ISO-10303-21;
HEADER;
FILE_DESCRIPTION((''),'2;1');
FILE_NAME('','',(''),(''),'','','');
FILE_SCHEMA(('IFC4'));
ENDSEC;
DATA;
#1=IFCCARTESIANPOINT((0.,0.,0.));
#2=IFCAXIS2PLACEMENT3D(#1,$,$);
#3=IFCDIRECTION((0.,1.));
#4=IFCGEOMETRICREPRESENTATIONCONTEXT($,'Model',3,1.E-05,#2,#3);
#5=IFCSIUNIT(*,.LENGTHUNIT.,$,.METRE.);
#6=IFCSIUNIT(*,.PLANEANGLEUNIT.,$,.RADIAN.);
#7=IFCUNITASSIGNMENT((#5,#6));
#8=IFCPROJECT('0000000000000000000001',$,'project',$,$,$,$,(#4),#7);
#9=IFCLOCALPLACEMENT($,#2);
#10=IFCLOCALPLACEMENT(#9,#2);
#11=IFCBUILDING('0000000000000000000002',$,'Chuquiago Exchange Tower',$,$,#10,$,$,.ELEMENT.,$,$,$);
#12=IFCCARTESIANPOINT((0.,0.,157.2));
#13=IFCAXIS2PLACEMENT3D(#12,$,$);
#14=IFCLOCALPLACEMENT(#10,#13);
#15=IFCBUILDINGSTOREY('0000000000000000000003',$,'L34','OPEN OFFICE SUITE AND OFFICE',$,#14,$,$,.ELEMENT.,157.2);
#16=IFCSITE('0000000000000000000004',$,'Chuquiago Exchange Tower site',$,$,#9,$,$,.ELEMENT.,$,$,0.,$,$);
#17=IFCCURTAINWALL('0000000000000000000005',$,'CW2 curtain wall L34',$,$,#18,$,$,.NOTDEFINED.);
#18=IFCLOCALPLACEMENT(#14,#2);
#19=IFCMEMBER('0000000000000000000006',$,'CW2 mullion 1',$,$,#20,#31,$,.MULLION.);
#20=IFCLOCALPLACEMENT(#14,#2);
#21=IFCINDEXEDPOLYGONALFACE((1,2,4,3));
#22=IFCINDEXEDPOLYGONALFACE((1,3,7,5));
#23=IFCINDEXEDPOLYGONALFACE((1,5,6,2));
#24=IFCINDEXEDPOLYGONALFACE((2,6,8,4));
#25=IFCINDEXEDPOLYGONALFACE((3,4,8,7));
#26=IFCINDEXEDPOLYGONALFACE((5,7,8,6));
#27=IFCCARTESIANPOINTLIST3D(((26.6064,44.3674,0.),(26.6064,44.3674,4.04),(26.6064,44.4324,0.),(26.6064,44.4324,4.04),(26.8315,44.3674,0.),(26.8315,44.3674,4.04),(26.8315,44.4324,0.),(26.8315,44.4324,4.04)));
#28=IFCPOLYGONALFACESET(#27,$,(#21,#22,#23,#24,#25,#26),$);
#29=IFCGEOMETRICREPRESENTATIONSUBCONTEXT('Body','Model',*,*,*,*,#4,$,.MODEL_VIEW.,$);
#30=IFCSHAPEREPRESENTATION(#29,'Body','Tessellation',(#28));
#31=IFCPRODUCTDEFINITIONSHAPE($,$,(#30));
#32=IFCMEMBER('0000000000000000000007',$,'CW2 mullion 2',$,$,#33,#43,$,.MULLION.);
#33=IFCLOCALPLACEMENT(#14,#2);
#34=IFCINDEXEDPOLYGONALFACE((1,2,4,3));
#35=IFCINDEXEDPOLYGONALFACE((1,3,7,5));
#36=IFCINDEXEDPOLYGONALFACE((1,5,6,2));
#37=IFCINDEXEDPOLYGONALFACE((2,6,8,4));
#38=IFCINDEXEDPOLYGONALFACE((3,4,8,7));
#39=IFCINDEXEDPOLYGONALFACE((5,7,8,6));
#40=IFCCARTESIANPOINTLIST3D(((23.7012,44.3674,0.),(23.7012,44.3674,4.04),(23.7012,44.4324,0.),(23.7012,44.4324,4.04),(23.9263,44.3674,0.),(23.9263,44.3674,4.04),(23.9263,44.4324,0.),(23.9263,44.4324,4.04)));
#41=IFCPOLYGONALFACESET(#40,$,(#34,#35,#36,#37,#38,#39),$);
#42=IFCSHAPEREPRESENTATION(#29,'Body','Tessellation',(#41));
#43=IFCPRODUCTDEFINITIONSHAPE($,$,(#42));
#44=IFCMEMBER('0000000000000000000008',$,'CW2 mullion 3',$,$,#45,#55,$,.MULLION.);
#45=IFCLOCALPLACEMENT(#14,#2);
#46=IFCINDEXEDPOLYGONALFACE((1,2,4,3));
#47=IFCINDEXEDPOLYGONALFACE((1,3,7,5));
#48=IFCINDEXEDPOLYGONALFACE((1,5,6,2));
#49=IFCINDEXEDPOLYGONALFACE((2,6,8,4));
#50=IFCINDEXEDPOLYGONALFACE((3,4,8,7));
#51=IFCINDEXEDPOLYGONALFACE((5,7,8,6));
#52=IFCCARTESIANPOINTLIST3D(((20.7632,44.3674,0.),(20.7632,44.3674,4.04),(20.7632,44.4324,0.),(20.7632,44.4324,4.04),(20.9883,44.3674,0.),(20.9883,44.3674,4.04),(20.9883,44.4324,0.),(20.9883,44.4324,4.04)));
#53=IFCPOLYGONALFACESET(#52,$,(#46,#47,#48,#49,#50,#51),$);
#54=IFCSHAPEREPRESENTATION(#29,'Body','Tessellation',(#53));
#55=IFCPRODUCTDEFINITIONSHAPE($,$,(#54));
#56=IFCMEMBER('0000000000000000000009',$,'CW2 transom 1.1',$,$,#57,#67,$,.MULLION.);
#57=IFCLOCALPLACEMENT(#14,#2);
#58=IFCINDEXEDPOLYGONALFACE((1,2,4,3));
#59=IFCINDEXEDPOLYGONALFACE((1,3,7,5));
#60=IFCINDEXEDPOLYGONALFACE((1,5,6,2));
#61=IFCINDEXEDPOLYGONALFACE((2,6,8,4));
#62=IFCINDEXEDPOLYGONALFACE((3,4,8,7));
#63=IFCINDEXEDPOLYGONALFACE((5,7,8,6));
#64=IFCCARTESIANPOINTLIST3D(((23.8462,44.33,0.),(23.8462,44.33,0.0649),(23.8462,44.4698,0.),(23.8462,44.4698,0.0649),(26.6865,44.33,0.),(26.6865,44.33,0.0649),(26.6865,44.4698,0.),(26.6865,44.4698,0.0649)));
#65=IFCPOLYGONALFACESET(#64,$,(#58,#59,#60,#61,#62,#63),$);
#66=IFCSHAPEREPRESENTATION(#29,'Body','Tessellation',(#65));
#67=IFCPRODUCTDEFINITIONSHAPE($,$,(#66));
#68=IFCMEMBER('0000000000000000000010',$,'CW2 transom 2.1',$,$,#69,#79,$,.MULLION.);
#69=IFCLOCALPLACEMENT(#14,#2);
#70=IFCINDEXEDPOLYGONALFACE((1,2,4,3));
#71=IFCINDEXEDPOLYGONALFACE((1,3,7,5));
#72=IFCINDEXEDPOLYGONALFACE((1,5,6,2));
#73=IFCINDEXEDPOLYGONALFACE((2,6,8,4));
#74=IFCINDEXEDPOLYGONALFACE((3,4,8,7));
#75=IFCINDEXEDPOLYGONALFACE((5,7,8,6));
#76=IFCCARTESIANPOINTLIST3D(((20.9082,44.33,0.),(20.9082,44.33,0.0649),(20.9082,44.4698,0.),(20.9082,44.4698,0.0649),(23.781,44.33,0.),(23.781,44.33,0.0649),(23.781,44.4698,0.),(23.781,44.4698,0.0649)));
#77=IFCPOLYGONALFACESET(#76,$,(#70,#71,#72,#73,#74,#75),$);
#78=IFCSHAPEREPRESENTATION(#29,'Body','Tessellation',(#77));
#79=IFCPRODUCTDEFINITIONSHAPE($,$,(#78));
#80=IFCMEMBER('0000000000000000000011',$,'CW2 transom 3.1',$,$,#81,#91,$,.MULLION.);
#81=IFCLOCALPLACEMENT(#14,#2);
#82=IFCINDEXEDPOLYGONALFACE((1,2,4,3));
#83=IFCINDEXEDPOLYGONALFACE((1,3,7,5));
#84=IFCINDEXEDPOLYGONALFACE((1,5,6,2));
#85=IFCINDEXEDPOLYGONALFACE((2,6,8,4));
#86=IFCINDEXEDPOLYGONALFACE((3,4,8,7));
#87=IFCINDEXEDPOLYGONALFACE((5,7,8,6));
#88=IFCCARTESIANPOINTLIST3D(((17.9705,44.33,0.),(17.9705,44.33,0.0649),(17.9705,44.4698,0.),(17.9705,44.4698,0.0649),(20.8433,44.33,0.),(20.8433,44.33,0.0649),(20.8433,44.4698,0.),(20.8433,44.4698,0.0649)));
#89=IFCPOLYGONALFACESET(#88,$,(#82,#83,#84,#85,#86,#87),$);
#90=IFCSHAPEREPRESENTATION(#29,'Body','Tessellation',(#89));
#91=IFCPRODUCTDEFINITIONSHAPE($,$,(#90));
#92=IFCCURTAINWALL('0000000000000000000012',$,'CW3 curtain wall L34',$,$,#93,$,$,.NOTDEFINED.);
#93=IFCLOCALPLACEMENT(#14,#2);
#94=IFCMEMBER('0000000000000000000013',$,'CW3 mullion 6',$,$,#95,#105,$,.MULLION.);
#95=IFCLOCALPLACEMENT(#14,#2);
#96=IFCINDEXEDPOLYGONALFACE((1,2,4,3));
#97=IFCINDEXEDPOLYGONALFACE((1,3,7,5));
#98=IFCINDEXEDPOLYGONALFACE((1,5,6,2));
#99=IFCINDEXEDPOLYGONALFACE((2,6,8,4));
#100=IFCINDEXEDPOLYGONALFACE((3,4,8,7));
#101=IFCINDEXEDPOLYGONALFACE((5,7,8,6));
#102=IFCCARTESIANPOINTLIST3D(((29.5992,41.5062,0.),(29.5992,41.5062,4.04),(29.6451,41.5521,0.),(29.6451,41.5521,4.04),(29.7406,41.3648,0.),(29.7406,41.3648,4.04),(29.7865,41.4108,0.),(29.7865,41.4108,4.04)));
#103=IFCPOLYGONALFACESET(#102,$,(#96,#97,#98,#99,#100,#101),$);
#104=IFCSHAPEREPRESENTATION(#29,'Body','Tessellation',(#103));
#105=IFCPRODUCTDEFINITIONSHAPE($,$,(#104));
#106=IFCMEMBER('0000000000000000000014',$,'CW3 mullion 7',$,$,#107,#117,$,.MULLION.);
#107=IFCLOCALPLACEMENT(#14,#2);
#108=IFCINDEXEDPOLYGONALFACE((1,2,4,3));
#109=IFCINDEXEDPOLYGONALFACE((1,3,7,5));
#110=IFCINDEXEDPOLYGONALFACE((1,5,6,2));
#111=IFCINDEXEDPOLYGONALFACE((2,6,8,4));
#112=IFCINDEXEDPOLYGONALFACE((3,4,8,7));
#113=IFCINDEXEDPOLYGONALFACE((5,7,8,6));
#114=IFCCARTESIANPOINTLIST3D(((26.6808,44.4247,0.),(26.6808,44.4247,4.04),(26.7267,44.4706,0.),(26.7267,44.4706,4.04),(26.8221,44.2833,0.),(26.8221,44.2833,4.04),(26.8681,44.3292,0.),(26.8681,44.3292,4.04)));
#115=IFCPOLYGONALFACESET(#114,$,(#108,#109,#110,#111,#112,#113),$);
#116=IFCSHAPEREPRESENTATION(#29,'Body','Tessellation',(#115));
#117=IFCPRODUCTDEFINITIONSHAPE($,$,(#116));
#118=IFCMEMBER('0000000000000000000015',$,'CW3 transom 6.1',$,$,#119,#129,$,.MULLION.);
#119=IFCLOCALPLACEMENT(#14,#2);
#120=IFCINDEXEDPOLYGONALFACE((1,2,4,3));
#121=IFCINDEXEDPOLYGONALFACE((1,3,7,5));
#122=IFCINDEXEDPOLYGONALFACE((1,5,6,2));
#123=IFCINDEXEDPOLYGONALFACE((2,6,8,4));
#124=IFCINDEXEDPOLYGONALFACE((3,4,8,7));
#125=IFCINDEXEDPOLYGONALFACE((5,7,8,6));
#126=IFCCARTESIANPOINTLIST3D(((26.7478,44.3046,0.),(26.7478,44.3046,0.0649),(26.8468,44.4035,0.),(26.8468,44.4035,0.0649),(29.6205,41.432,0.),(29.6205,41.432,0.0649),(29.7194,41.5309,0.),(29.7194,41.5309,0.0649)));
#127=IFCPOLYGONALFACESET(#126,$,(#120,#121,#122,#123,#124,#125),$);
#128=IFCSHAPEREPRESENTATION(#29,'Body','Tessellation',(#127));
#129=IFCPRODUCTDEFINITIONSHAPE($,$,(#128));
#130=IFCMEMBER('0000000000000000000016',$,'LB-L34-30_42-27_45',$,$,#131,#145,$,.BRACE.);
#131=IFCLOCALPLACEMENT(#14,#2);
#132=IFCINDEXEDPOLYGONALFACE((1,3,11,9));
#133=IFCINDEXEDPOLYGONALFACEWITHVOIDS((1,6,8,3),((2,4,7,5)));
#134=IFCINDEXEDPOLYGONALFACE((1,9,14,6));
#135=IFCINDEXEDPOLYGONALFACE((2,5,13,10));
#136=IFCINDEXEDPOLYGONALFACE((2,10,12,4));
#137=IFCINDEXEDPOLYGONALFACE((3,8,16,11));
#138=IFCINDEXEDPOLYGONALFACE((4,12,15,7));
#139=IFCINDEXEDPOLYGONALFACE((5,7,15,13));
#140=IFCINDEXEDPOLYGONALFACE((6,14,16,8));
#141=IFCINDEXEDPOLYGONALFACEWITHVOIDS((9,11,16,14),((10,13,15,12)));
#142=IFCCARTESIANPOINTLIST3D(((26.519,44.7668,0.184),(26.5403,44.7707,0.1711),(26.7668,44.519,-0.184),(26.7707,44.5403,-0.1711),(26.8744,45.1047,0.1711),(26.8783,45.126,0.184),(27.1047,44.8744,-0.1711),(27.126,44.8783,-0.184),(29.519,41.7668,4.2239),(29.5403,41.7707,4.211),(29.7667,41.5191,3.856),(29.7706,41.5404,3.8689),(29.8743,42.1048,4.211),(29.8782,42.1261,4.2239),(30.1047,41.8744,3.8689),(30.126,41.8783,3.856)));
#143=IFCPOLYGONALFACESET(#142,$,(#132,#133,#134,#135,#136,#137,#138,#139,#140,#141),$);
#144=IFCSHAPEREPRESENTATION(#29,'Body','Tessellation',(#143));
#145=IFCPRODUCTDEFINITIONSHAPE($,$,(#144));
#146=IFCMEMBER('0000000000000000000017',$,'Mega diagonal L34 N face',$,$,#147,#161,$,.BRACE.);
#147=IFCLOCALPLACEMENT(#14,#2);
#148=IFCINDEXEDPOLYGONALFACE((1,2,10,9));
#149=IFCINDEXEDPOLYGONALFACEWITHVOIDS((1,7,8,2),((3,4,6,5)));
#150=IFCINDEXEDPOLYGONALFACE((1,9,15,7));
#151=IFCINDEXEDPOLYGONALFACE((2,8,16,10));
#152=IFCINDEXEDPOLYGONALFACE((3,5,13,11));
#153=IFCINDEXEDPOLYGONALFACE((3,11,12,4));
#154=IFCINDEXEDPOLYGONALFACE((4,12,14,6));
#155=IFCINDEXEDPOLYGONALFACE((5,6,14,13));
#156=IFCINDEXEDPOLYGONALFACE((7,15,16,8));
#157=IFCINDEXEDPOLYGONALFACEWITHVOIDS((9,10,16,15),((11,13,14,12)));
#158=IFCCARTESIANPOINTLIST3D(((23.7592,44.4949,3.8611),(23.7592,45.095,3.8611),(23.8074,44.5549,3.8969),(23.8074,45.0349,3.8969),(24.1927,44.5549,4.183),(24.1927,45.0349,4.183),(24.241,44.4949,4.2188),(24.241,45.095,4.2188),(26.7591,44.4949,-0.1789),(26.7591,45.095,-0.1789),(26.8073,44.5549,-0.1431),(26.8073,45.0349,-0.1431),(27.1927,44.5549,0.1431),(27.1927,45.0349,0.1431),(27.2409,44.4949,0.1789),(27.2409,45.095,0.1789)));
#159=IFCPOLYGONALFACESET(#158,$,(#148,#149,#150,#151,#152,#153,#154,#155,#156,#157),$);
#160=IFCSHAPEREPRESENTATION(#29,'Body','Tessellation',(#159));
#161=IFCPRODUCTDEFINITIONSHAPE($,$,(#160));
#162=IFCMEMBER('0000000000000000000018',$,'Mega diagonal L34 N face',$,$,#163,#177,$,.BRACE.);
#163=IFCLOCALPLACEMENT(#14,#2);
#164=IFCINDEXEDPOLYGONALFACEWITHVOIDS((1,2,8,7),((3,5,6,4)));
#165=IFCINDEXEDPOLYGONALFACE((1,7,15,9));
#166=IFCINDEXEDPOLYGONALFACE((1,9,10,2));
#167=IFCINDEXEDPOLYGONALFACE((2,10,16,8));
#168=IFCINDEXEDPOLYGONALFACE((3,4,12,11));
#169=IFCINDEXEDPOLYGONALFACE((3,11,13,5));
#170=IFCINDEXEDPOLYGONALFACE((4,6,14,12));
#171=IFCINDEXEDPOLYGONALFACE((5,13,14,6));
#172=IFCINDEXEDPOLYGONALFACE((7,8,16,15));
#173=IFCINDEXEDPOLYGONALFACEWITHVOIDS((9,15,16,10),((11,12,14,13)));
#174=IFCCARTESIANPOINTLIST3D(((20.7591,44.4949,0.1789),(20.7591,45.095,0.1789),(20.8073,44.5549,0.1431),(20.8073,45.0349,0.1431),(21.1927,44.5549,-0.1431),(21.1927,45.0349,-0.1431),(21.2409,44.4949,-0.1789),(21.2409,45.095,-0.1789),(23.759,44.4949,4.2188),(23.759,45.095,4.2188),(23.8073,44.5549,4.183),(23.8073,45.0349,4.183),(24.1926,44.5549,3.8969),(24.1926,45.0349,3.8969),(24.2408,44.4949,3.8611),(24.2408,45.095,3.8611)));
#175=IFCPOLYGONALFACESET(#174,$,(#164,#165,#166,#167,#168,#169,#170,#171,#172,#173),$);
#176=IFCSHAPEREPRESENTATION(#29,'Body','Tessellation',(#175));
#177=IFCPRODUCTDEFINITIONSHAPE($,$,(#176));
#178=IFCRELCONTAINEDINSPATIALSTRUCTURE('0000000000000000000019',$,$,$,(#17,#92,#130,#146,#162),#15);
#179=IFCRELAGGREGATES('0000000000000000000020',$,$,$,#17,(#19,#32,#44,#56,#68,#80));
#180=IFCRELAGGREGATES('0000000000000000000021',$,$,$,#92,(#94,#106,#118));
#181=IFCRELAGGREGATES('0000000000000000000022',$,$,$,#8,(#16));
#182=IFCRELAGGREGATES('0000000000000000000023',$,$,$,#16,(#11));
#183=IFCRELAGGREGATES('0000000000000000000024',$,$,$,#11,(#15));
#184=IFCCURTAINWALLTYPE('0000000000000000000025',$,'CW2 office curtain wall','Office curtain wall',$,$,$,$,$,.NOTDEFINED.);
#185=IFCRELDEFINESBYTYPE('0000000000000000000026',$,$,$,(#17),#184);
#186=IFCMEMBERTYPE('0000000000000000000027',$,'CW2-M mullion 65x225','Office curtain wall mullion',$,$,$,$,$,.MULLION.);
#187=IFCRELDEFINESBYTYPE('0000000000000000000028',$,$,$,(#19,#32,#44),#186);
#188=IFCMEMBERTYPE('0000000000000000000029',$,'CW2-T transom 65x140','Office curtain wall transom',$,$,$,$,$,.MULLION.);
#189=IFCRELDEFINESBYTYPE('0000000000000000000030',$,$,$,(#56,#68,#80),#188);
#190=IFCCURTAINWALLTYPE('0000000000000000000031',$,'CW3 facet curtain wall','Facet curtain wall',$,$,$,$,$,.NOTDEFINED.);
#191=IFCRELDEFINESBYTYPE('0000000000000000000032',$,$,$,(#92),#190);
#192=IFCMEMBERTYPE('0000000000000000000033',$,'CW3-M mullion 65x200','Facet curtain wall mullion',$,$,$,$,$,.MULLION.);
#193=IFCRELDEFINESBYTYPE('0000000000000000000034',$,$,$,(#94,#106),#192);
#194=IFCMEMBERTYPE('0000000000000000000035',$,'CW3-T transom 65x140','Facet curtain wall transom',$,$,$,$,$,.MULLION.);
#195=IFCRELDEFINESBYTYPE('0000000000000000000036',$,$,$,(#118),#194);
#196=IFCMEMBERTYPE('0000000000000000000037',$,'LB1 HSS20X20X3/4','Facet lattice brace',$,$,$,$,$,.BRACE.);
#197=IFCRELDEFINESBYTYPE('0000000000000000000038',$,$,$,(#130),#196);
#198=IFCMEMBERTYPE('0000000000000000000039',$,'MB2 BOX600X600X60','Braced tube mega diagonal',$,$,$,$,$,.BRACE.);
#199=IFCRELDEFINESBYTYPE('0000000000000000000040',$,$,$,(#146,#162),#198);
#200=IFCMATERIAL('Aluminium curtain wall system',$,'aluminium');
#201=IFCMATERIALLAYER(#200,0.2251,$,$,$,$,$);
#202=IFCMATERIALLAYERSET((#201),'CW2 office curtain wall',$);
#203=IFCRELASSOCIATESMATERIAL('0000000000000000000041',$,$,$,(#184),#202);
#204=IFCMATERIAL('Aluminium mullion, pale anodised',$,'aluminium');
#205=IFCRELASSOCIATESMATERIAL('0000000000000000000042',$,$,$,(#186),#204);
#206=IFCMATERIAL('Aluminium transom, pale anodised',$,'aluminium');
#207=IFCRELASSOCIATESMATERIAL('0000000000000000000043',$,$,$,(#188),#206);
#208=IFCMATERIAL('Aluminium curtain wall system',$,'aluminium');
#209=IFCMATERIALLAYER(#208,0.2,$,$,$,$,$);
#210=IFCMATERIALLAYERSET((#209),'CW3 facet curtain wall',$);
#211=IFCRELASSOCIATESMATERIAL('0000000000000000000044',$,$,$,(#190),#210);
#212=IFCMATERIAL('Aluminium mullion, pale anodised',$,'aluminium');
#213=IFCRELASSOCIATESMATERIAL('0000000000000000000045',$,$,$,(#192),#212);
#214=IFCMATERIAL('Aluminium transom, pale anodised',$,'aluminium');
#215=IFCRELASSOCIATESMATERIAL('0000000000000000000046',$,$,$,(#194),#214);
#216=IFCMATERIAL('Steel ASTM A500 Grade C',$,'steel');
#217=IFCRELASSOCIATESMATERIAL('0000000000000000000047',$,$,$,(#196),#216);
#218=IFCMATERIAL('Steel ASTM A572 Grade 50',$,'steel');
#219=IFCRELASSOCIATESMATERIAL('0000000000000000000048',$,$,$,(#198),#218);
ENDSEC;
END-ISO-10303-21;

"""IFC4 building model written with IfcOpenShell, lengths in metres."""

from ifc_helpers import new_model, si_unit, direction, frame, origin, origin_2d, place, context, subcontext, project, spatial, rectangle, hollow_rectangle, extrude, material, layer, layer_set, material_profile, profile_set, type_object, element, aggregate, save


model = new_model("IFC4")

# Units and contexts
model_context = context("Model", 3, precision=1e-05, world=origin(), true_north=direction((0.0, 1.0)))
body_context = subcontext(model_context, "Body", "Model", "MODEL_VIEW")
ifc_project = project(units=[si_unit("LENGTHUNIT", "METRE"), si_unit("PLANEANGLEUNIT", "RADIAN")], contexts=[model_context])

# Site, building, storey
site_placement = place(None, origin())
site = spatial("IfcSite", under=ifc_project, at=site_placement, Name="Chuquiago Exchange Tower site", CompositionType="ELEMENT", RefElevation=0.0)
building_placement = place(site_placement, origin())
building = spatial("IfcBuilding", under=site, at=building_placement, Name="Chuquiago Exchange Tower", CompositionType="ELEMENT")
storey_placement = place(building_placement, frame((0.0, 0.0, 157.2)))
storey = spatial("IfcBuildingStorey", under=building, at=storey_placement, Name="L34", Description="OPEN OFFICE SUITE AND OFFICE", CompositionType="ELEMENT", Elevation=157.2)

# Curtain walls, members
ifc_material_1 = material(Name="Aluminium curtain wall system", Category="aluminium")
ifc_layer_1 = layer(ifc_material_1, 0.2251)
ifc_layer_set_1 = layer_set([ifc_layer_1], Name="CW2 office curtain wall")
curtain_wall_type_1 = type_object("IfcCurtainWallType", Name="CW2 office curtain wall", Description="Office curtain wall", PredefinedType="NOTDEFINED", material=ifc_layer_set_1)
curtain_wall_1_placement = place(storey_placement, origin())
curtain_wall_1 = element("IfcCurtainWall", 1, at=curtain_wall_1_placement, inside=storey, type_object=curtain_wall_type_1, Name="CW2 curtain wall L34", PredefinedType="NOTDEFINED")
ifc_material_2 = material(Name="Aluminium mullion, pale anodised", Category="aluminium")
ifc_material_profile_1 = material_profile(ifc_material_2, rectangle(XDim=0.0649, YDim=0.2251, at=origin_2d()), Name="AL 65x225")
ifc_profile_set_1 = profile_set([ifc_material_profile_1], Name="Aluminium mullion, pale anodised")
member_type_1 = type_object("IfcMemberType", Name="CW2-M mullion 65x225", Description="Office curtain wall mullion", PredefinedType="MULLION", material=ifc_profile_set_1)
member_1_placement = place(storey_placement, frame((26.719, 44.3999, 0.0), z_axis=(0.0, 0.0, 1.0), x_axis=(0.0, -1.0, 0.0)))
member_1 = element("IfcMember", 2, at=member_1_placement, type_object=member_type_1, Name="CW2 mullion 1", PredefinedType="MULLION", context=body_context, shape_type="SweptSolid", body=[
    extrude(rectangle(XDim=0.0649, YDim=0.2251, at=origin_2d()), origin(), (0.0, 0.0, 1.0), 4.04),
])
member_2_placement = place(storey_placement, frame((23.8137, 44.3999, 0.0), z_axis=(0.0, 0.0, 1.0), x_axis=(0.0, -1.0, 0.0)))
member_2 = element("IfcMember", 3, at=member_2_placement, type_object=member_type_1, Name="CW2 mullion 2", PredefinedType="MULLION", context=body_context, shape_type="SweptSolid", body=[
    extrude(rectangle(XDim=0.0649, YDim=0.2251, at=origin_2d()), origin(), (0.0, 0.0, 1.0), 4.04),
])
member_3_placement = place(storey_placement, frame((20.8757, 44.3999, 0.0), z_axis=(0.0, 0.0, 1.0), x_axis=(0.0, -1.0, 0.0)))
member_3 = element("IfcMember", 4, at=member_3_placement, type_object=member_type_1, Name="CW2 mullion 3", PredefinedType="MULLION", context=body_context, shape_type="SweptSolid", body=[
    extrude(rectangle(XDim=0.0649, YDim=0.2251, at=origin_2d()), origin(), (0.0, 0.0, 1.0), 4.04),
])
ifc_material_3 = material(Name="Aluminium transom, pale anodised", Category="aluminium")
ifc_material_profile_2 = material_profile(ifc_material_3, rectangle(XDim=0.1399, YDim=0.0649, at=origin_2d()), Name="AL 140x65")
ifc_profile_set_2 = profile_set([ifc_material_profile_2], Name="Aluminium transom, pale anodised")
member_type_2 = type_object("IfcMemberType", Name="CW2-T transom 65x140", Description="Office curtain wall transom", PredefinedType="MULLION", material=ifc_profile_set_2)
member_4_placement = place(storey_placement, frame((26.6865, 44.3999, 0.0325), z_axis=(-1.0, 0.0, 0.0), x_axis=(0.0, -1.0, 0.0)))
member_4 = element("IfcMember", 5, at=member_4_placement, type_object=member_type_2, Name="CW2 transom 1.1", PredefinedType="MULLION", context=body_context, shape_type="SweptSolid", body=[
    extrude(rectangle(XDim=0.1399, YDim=0.0649, at=origin_2d()), origin(), (0.0, 0.0, 1.0), 2.8403),
])
member_5_placement = place(storey_placement, frame((23.781, 44.3999, 0.0325), z_axis=(-1.0, 0.0, 0.0), x_axis=(0.0, -1.0, 0.0)))
member_5 = element("IfcMember", 6, at=member_5_placement, type_object=member_type_2, Name="CW2 transom 2.1", PredefinedType="MULLION", context=body_context, shape_type="SweptSolid", body=[
    extrude(rectangle(XDim=0.1399, YDim=0.0649, at=origin_2d()), origin(), (0.0, 0.0, 1.0), 2.8728),
])
member_6_placement = place(storey_placement, frame((20.8433, 44.3999, 0.0325), z_axis=(-1.0, 0.0, 0.0), x_axis=(0.0, -1.0, 0.0)))
member_6 = element("IfcMember", 7, at=member_6_placement, type_object=member_type_2, Name="CW2 transom 3.1", PredefinedType="MULLION", context=body_context, shape_type="SweptSolid", body=[
    extrude(rectangle(XDim=0.1399, YDim=0.0649, at=origin_2d()), origin(), (0.0, 0.0, 1.0), 2.8728),
])
ifc_material_4 = material(Name="Aluminium curtain wall system", Category="aluminium")
ifc_layer_2 = layer(ifc_material_4, 0.2)
ifc_layer_set_2 = layer_set([ifc_layer_2], Name="CW3 facet curtain wall")
curtain_wall_type_2 = type_object("IfcCurtainWallType", Name="CW3 facet curtain wall", Description="Facet curtain wall", PredefinedType="NOTDEFINED", material=ifc_layer_set_2)
curtain_wall_2_placement = place(storey_placement, origin())
curtain_wall_2 = element("IfcCurtainWall", 8, at=curtain_wall_2_placement, inside=storey, type_object=curtain_wall_type_2, Name="CW3 curtain wall L34", PredefinedType="NOTDEFINED")
ifc_material_5 = material(Name="Aluminium mullion, pale anodised", Category="aluminium")
ifc_material_profile_3 = material_profile(ifc_material_5, rectangle(XDim=0.0649, YDim=0.2, at=origin_2d()), Name="AL 65x200")
ifc_profile_set_3 = profile_set([ifc_material_profile_3], Name="Aluminium mullion, pale anodised")
member_type_3 = type_object("IfcMemberType", Name="CW3-M mullion 65x200", Description="Facet curtain wall mullion", PredefinedType="MULLION", material=ifc_profile_set_3)
member_7_placement = place(storey_placement, frame((29.6929, 41.4585, 0.0), z_axis=(0.0, 0.0, 1.0), x_axis=(-0.707107, -0.707107, 0.0)))
member_7 = element("IfcMember", 9, at=member_7_placement, type_object=member_type_3, Name="CW3 mullion 6", PredefinedType="MULLION", context=body_context, shape_type="SweptSolid", body=[
    extrude(rectangle(XDim=0.0649, YDim=0.2, at=origin_2d()), origin(), (0.0, 0.0, 1.0), 4.04),
])
member_8_placement = place(storey_placement, frame((26.7744, 44.377, 0.0), z_axis=(0.0, 0.0, 1.0), x_axis=(-0.707107, -0.707107, 0.0)))
member_8 = element("IfcMember", 10, at=member_8_placement, type_object=member_type_3, Name="CW3 mullion 7", PredefinedType="MULLION", context=body_context, shape_type="SweptSolid", body=[
    extrude(rectangle(XDim=0.0649, YDim=0.2, at=origin_2d()), origin(), (0.0, 0.0, 1.0), 4.04),
])
ifc_material_6 = material(Name="Aluminium transom, pale anodised", Category="aluminium")
ifc_material_profile_4 = material_profile(ifc_material_6, rectangle(XDim=0.1399, YDim=0.0649, at=origin_2d()), Name="AL 140x65")
ifc_profile_set_4 = profile_set([ifc_material_profile_4], Name="Aluminium transom, pale anodised")
member_type_4 = type_object("IfcMemberType", Name="CW3-T transom 65x140", Description="Facet curtain wall transom", PredefinedType="MULLION", material=ifc_profile_set_4)
member_9_placement = place(storey_placement, frame((29.6699, 41.4814, 0.0325), z_axis=(-0.707107, 0.707107, 0.0), x_axis=(-0.707107, -0.707107, 0.0)))
member_9 = element("IfcMember", 11, at=member_9_placement, type_object=member_type_4, Name="CW3 transom 6.1", PredefinedType="MULLION", context=body_context, shape_type="SweptSolid", body=[
    extrude(rectangle(XDim=0.1399, YDim=0.0649, at=origin_2d()), origin(), (0.0, 0.0, 1.0), 4.0625),
])

# Members
ifc_material_7 = material(Name="Steel ASTM A500 Grade C", Category="steel")
ifc_material_profile_5 = material_profile(ifc_material_7, hollow_rectangle(XDim=0.5081, YDim=0.5081, WallThickness=0.0178, at=origin_2d()), Name="HSS20X20X3/4")
ifc_profile_set_5 = profile_set([ifc_material_profile_5], Name="Steel ASTM A500 Grade C")
member_type_5 = type_object("IfcMemberType", Name="LB1 HSS20X20X3/4", Description="Facet lattice brace", PredefinedType="BRACE", material=ifc_profile_set_5)
member_10_placement = place(storey_placement, frame((26.8225, 44.8225, 0.0), z_axis=(0.512077, -0.512077, 0.689604), x_axis=(0.707107, 0.707107, 0.0)))
element("IfcMember", 12, at=member_10_placement, inside=storey, type_object=member_type_5, Name="LB-L34-30_42-27_45", PredefinedType="BRACE", context=body_context, shape_type="SweptSolid", body=[
    extrude(hollow_rectangle(XDim=0.5081, YDim=0.5081, WallThickness=0.0178, at=origin_2d()), origin(), (0.0, 0.0, 1.0), 5.8584),
])
ifc_material_8 = material(Name="Steel ASTM A572 Grade 50", Category="steel")
ifc_material_profile_6 = material_profile(ifc_material_8, hollow_rectangle(XDim=0.6001, YDim=0.6001, WallThickness=0.0601, at=origin_2d()), Name="BOX600X600X60")
ifc_profile_set_6 = profile_set([ifc_material_profile_6], Name="Steel ASTM A572 Grade 50")
member_type_6 = type_object("IfcMemberType", Name="MB2 BOX600X600X60", Description="Braced tube mega diagonal", PredefinedType="BRACE", material=ifc_profile_set_6)
for number, where, z_axis, x_axis, name in (
    (13, (27.0, 44.7949, 0.0), (-0.596174, 0.0, 0.802855), (0.0, -1.0, 0.0), "Mega diagonal L34 N face"),
    (14, (21.0, 44.7949, 0.0), (0.596174, 0.0, 0.802855), (0.0, 1.0, 0.0), "Mega diagonal L34 N face"),
):
    element("IfcMember", number, at=place(storey_placement, frame(where, z_axis=z_axis, x_axis=x_axis)), inside=storey, type_object=member_type_6, Name=name, PredefinedType="BRACE", context=body_context, shape_type="SweptSolid", body=[
        extrude(hollow_rectangle(XDim=0.6001, YDim=0.6001, WallThickness=0.0601, at=origin_2d()), origin(), (0.0, 0.0, 1.0), 5.032),
    ])

aggregate(curtain_wall_1, [member_1, member_2, member_3, member_4, member_5, member_6])
aggregate(curtain_wall_2, [member_7, member_8, member_9])

save(model, "model.ifc")
